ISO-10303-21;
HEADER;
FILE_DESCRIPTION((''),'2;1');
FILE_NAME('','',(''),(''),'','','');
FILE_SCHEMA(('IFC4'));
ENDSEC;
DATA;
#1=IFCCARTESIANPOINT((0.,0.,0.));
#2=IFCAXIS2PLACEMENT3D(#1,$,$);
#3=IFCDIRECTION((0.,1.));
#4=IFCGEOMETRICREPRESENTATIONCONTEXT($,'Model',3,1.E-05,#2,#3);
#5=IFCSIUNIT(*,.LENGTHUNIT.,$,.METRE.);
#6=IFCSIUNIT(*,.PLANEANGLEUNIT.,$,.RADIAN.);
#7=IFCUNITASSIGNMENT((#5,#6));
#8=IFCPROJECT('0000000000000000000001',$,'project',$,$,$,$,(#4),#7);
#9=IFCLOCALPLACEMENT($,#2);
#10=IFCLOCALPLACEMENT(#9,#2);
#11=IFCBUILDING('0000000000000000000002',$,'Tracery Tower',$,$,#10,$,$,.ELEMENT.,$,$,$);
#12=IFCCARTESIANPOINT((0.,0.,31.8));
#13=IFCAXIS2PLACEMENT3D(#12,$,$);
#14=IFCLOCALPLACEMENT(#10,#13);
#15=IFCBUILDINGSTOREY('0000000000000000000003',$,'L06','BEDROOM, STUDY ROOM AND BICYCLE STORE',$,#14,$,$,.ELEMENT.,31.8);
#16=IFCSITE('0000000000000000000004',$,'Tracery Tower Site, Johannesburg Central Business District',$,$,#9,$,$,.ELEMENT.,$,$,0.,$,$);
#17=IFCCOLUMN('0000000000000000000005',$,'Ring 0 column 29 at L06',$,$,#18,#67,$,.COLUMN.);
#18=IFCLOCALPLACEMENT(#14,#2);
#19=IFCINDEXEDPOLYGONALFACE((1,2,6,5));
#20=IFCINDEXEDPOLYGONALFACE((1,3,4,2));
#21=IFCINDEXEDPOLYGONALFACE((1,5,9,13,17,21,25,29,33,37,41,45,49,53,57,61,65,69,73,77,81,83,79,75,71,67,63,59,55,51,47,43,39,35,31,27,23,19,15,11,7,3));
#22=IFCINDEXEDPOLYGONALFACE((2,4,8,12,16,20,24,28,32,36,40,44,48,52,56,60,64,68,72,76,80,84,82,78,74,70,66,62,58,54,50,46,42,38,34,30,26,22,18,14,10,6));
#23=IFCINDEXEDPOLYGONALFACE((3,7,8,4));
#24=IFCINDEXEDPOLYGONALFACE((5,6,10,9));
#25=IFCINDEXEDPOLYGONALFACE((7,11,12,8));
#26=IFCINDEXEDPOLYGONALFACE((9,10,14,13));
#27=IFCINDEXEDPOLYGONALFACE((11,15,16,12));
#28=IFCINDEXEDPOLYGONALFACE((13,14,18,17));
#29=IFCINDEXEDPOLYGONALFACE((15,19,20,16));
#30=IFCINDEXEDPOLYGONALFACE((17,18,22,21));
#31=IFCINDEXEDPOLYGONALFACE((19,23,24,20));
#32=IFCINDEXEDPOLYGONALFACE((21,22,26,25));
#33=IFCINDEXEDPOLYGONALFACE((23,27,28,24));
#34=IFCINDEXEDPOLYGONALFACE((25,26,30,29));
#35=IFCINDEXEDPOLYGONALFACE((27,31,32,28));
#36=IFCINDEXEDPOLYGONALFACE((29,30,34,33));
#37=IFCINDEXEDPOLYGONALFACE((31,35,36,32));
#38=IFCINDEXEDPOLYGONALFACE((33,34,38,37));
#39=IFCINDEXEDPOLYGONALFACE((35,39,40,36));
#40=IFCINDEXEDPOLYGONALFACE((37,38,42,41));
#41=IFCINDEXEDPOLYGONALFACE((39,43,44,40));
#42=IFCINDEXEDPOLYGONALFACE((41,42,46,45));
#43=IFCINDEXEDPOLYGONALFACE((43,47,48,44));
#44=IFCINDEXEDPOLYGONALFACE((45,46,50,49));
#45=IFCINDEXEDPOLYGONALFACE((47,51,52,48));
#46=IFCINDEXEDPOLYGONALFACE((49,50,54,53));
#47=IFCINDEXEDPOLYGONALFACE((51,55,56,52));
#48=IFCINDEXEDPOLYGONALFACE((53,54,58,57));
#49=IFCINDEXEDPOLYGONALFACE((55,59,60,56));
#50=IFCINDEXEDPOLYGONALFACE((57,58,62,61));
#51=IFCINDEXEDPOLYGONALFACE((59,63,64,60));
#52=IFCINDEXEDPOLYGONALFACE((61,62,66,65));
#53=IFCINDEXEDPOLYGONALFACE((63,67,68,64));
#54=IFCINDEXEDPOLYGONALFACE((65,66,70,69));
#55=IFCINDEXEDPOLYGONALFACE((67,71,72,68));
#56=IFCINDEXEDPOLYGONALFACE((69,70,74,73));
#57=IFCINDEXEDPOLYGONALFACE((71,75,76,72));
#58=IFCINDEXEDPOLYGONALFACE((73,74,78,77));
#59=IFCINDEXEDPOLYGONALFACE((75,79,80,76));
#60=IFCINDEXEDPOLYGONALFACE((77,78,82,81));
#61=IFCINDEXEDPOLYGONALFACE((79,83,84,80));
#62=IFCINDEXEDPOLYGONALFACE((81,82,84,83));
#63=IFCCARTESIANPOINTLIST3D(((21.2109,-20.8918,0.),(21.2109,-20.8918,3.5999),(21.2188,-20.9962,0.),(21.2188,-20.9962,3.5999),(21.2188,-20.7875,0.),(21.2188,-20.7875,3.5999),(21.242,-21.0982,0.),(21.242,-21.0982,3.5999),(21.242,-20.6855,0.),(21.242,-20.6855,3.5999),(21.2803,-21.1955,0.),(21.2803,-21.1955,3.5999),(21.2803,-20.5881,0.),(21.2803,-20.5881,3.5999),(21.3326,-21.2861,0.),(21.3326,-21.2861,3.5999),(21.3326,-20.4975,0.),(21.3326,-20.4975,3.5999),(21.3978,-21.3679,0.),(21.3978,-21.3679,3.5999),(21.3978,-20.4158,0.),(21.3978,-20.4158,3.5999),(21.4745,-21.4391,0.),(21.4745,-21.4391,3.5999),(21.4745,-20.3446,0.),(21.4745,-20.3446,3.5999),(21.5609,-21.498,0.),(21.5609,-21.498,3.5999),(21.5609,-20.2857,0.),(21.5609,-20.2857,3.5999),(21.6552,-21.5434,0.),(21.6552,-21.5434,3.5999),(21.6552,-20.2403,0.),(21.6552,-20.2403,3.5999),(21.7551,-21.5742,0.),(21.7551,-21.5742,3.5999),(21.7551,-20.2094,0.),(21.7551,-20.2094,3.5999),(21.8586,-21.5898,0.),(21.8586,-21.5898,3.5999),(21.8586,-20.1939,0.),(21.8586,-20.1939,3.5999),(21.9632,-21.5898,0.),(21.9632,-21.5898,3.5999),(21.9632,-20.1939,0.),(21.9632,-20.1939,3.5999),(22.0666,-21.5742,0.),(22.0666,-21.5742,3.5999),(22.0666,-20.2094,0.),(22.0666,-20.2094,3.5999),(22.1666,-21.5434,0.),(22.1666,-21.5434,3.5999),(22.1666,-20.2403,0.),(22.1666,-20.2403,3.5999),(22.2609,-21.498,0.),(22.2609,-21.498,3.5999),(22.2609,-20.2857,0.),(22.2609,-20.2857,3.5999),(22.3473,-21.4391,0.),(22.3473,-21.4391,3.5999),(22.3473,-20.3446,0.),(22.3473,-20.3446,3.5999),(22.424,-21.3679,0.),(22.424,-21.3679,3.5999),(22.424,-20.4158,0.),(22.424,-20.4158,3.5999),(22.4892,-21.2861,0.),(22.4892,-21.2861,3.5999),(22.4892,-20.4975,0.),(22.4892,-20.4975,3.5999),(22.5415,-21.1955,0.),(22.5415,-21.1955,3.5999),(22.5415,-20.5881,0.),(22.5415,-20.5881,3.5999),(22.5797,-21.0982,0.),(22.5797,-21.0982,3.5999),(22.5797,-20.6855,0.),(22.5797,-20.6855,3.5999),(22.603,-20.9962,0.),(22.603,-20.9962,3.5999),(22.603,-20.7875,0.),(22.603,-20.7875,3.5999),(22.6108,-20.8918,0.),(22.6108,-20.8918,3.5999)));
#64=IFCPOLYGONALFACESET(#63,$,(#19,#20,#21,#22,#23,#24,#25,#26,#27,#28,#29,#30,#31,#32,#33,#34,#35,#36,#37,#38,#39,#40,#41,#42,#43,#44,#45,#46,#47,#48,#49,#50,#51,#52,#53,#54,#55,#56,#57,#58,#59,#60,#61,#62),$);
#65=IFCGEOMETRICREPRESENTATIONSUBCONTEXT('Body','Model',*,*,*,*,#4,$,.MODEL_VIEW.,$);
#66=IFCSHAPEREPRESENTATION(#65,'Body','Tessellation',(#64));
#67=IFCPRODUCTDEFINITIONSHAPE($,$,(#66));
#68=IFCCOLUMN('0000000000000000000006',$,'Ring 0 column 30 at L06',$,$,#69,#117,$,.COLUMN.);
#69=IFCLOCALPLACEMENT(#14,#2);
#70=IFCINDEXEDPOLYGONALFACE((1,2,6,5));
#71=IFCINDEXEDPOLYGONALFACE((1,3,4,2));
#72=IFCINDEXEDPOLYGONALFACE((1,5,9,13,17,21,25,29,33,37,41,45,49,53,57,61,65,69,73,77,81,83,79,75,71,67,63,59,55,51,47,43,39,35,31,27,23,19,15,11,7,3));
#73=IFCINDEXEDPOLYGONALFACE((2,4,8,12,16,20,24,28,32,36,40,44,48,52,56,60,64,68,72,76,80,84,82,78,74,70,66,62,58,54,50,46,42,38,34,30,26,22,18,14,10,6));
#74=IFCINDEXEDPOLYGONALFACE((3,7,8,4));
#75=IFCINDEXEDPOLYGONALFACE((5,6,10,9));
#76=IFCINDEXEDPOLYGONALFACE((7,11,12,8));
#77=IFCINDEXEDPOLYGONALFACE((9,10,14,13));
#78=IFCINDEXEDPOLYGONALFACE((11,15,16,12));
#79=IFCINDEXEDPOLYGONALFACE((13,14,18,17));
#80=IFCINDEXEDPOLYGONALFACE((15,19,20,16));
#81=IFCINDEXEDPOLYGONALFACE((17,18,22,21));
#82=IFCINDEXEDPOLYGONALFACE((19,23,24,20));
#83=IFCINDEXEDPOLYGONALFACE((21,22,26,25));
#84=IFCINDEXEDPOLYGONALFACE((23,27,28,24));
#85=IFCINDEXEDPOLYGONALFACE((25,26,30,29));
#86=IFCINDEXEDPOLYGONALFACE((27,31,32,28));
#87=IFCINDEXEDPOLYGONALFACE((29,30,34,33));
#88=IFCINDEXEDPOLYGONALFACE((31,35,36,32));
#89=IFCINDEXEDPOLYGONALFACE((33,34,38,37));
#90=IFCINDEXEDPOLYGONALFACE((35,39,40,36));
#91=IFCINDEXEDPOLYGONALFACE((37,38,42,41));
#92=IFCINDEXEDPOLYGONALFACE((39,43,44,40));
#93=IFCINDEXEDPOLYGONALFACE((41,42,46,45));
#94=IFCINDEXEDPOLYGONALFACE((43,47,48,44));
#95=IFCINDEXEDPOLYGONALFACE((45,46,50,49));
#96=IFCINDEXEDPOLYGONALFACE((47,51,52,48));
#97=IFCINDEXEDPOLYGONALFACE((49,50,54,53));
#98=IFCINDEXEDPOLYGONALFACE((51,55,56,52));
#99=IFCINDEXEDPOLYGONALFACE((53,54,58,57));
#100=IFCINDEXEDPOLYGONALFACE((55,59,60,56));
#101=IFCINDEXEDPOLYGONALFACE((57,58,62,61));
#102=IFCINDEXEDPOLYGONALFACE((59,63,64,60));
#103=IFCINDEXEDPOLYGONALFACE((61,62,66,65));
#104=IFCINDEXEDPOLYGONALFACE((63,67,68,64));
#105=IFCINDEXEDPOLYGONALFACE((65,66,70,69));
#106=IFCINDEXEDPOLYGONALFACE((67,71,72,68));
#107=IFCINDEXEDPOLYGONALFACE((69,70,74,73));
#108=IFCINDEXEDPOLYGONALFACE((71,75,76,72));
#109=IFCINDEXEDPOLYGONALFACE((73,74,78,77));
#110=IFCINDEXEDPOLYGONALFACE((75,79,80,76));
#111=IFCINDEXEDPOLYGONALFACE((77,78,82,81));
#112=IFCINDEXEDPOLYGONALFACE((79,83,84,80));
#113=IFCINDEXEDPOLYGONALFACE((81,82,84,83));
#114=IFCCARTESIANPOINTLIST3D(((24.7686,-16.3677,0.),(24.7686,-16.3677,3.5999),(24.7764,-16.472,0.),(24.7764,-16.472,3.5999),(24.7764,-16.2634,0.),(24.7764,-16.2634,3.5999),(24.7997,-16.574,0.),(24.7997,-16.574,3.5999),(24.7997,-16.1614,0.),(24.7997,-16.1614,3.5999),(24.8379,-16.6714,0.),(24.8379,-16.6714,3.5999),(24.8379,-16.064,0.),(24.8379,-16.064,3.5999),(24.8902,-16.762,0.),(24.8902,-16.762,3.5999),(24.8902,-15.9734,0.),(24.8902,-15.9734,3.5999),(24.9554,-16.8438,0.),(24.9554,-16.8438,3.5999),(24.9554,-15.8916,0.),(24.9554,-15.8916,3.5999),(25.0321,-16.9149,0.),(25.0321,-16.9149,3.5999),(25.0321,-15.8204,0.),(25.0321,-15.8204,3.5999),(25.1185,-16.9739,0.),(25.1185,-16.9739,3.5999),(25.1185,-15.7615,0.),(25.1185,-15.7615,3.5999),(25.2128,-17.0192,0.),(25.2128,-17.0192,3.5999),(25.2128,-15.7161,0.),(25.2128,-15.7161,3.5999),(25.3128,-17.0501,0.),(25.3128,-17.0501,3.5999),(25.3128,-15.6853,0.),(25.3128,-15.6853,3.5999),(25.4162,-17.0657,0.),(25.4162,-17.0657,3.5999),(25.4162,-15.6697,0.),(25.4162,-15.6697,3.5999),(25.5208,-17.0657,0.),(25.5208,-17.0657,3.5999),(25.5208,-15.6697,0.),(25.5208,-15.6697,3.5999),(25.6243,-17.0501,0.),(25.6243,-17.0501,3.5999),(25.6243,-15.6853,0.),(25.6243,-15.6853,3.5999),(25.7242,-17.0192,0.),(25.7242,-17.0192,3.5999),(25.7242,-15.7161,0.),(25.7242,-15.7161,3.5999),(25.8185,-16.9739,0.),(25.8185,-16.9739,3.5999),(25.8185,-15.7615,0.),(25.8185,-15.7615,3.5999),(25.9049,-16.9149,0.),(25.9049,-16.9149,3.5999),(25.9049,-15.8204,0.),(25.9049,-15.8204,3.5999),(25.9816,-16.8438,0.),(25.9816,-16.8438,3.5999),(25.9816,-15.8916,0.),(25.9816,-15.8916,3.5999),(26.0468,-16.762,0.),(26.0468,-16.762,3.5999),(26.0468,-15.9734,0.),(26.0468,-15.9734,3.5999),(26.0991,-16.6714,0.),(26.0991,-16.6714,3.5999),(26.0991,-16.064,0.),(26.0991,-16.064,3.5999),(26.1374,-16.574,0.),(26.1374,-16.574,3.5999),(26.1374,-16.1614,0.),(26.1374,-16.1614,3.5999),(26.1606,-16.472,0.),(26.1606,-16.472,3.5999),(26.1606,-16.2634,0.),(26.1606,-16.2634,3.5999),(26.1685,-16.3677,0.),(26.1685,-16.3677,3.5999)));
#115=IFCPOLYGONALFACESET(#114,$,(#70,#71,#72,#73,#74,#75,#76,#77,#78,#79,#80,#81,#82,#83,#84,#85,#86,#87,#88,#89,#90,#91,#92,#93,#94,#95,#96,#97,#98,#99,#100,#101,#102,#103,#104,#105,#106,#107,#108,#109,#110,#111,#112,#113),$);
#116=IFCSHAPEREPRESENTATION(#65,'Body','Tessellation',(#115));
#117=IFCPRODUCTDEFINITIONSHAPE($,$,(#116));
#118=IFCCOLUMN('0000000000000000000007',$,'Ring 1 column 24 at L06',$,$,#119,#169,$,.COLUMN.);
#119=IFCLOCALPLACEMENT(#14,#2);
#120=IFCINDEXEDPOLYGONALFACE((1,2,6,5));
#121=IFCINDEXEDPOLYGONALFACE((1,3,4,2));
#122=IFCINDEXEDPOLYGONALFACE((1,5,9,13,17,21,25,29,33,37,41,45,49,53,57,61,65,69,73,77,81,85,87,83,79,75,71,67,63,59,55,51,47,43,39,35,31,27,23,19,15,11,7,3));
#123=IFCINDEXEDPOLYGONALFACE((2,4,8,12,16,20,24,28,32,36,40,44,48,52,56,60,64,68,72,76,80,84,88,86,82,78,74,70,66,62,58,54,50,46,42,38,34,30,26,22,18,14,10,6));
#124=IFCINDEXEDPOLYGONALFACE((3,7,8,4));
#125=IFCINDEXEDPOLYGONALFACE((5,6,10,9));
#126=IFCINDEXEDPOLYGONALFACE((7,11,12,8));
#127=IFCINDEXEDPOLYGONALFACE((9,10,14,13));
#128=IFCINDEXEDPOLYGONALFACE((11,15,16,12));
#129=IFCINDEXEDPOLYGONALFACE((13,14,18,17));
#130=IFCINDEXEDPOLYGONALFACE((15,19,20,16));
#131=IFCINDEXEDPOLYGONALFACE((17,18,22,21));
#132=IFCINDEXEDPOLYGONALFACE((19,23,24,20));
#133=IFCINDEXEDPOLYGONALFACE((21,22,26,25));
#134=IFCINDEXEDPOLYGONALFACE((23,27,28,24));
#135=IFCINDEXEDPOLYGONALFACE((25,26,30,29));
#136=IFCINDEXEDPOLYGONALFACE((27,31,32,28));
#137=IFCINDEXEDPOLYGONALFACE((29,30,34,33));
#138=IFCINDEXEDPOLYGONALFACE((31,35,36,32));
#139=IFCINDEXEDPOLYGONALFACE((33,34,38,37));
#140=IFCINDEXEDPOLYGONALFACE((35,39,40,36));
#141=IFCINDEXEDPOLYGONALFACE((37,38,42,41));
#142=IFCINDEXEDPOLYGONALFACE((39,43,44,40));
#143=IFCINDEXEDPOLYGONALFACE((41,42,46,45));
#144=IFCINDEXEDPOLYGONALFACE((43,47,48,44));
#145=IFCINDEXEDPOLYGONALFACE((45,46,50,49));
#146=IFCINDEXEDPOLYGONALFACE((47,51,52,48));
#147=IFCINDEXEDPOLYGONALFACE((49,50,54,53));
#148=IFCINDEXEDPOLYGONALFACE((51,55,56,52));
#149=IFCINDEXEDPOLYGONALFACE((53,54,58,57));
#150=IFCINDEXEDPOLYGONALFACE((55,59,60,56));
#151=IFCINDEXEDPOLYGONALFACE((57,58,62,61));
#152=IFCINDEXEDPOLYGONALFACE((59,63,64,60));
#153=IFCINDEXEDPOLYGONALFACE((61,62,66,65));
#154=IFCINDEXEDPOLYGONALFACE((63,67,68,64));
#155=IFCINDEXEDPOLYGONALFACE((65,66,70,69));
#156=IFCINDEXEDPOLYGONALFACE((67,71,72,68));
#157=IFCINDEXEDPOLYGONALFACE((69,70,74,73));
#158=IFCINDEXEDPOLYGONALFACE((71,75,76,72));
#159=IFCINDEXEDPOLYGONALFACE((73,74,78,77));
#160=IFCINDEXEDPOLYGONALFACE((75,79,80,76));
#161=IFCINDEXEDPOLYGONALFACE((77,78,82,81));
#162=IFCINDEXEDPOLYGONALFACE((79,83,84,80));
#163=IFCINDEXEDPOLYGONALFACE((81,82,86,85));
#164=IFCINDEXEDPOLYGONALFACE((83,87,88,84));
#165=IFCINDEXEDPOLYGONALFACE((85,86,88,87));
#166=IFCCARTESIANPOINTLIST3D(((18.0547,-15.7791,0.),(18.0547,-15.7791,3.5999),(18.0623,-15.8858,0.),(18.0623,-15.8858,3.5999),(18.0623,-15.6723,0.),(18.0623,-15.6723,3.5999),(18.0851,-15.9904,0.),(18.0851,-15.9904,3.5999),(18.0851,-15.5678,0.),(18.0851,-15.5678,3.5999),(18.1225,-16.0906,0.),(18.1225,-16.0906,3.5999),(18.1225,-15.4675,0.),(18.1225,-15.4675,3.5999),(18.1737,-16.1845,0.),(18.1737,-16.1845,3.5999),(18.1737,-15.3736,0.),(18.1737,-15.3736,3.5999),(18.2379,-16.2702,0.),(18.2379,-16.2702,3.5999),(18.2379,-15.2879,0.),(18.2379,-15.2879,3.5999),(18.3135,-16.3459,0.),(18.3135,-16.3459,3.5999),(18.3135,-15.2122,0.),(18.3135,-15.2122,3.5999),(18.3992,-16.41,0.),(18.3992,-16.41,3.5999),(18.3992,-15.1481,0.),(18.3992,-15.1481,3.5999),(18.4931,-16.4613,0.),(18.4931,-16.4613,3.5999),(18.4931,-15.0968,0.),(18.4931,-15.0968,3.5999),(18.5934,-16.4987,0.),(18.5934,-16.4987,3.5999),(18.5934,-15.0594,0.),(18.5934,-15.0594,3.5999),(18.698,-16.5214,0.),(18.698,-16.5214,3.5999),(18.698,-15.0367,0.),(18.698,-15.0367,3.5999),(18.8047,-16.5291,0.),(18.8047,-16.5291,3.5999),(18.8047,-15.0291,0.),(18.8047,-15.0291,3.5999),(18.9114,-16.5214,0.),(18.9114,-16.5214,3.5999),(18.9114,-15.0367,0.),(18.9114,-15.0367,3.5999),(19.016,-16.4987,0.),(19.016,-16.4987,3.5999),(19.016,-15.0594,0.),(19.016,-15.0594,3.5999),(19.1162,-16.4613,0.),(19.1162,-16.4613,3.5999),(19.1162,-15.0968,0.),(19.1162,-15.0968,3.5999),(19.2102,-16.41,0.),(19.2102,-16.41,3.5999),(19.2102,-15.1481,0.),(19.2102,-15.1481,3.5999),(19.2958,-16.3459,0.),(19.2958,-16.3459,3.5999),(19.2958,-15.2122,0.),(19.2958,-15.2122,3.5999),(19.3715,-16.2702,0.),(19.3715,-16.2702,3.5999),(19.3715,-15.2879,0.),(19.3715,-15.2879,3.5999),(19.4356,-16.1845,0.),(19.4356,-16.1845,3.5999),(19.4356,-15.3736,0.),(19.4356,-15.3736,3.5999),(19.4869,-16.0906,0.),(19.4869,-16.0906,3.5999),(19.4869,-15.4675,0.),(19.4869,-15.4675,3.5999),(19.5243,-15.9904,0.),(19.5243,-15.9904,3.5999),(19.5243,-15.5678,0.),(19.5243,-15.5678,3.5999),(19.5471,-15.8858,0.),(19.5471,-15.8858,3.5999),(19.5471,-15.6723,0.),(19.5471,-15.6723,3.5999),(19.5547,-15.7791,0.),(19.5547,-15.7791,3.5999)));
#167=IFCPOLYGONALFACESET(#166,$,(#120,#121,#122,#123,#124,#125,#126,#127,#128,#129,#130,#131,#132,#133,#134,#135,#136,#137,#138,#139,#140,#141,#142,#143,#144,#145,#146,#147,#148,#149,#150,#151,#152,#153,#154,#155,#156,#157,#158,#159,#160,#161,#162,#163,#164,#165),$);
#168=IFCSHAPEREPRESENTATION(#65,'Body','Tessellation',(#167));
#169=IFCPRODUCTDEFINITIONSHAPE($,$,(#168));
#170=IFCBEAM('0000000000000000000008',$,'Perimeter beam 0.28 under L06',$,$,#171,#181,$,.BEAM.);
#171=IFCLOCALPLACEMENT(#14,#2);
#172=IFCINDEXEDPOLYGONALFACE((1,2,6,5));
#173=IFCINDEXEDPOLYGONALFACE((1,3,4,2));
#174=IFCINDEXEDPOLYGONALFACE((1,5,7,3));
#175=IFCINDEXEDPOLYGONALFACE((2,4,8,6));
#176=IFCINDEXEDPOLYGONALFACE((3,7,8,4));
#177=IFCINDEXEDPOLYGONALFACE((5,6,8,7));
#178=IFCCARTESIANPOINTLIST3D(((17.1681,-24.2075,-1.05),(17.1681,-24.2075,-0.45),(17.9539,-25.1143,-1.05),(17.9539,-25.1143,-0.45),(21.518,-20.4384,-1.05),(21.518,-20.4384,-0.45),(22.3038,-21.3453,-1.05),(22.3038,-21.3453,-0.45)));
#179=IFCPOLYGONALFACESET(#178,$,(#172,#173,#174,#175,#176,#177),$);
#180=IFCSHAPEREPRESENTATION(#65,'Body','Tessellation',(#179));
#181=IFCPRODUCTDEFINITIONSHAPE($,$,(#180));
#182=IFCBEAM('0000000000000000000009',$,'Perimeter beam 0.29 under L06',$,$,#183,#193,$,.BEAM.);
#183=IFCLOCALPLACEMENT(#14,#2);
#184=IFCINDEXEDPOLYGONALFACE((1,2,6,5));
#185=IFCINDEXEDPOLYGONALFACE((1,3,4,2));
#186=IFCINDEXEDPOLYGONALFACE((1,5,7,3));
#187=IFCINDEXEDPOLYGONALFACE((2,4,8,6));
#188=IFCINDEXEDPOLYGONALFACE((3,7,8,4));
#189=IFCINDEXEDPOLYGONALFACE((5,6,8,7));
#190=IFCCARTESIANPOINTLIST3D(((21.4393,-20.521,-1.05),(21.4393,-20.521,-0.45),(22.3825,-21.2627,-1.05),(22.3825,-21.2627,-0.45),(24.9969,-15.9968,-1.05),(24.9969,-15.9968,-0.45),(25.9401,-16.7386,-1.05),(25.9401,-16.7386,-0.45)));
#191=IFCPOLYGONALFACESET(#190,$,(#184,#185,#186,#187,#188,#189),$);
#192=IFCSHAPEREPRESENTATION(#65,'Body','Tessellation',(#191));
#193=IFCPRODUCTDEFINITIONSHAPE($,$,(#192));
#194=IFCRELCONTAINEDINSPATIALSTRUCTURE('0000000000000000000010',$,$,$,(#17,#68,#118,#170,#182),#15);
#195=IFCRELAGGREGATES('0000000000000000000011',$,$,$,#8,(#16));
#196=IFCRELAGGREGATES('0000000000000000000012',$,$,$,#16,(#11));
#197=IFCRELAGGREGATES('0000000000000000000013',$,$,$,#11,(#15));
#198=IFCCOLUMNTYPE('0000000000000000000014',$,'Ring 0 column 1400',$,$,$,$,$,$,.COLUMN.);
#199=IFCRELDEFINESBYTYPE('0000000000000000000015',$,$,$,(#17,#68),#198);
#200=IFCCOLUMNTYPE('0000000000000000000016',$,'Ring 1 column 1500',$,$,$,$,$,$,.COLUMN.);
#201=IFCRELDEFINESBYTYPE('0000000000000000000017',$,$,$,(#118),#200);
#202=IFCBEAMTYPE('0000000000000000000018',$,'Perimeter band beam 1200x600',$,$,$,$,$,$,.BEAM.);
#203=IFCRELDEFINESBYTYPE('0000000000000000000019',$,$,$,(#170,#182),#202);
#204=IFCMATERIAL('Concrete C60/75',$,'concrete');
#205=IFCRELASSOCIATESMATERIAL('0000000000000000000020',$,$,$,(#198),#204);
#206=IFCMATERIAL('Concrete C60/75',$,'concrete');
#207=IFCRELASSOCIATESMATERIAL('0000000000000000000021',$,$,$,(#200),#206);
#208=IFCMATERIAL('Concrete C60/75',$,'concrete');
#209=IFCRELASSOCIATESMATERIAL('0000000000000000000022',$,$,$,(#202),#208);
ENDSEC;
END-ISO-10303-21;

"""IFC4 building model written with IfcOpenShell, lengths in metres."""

from ifc_helpers import new_model, si_unit, direction, frame, origin, origin_2d, place, context, subcontext, project, spatial, rectangle, circle, extrude, material, material_profile, profile_set, type_object, element, save


model = new_model("IFC4")

# Units and contexts
model_context = context("Model", 3, precision=1e-05, world=origin(), true_north=direction((0.0, 1.0)))
body_context = subcontext(model_context, "Body", "Model", "MODEL_VIEW")
ifc_project = project(units=[si_unit("LENGTHUNIT", "METRE"), si_unit("PLANEANGLEUNIT", "RADIAN")], contexts=[model_context])

# Site, building, storey
site_placement = place(None, origin())
site = spatial("IfcSite", under=ifc_project, at=site_placement, Name="Tracery Tower Site, Johannesburg Central Business District", CompositionType="ELEMENT", RefElevation=0.0)
building_placement = place(site_placement, origin())
building = spatial("IfcBuilding", under=site, at=building_placement, Name="Tracery Tower", CompositionType="ELEMENT")
storey_placement = place(building_placement, frame((0.0, 0.0, 31.8)))
storey = spatial("IfcBuildingStorey", under=building, at=storey_placement, Name="L06", Description="BEDROOM, STUDY ROOM AND BICYCLE STORE", CompositionType="ELEMENT", Elevation=31.8)

# Columns
ifc_material_1 = material(Name="Concrete C60/75", Category="concrete")
ifc_material_profile_1 = material_profile(ifc_material_1, circle(Radius=0.7, at=origin_2d()), Name="RC D1400")
ifc_profile_set_1 = profile_set([ifc_material_profile_1], Name="Concrete C60/75")
column_type_1 = type_object("IfcColumnType", Name="Ring 0 column 1400", PredefinedType="COLUMN", material=ifc_profile_set_1)
for number, where, z_axis, x_axis, name in (
    (1, (21.9109, -20.8918, 0.0), (0.0, 0.0, 1.0), (1.0, 0.0, 0.0), "Ring 0 column 29 at L06"),
    (2, (25.4685, -16.3677, 0.0), (0.0, 0.0, 1.0), (1.0, 0.0, 0.0), "Ring 0 column 30 at L06"),
):
    element("IfcColumn", number, at=place(storey_placement, frame(where, z_axis=z_axis, x_axis=x_axis)), inside=storey, type_object=column_type_1, Name=name, PredefinedType="COLUMN", context=body_context, shape_type="SweptSolid", body=[
        extrude(circle(Radius=0.7, at=origin_2d()), origin(), (0.0, 0.0, 1.0), 3.5999),
    ])
ifc_material_2 = material(Name="Concrete C60/75", Category="concrete")
ifc_material_profile_2 = material_profile(ifc_material_2, circle(Radius=0.75, at=origin_2d()), Name="RC D1500")
ifc_profile_set_2 = profile_set([ifc_material_profile_2], Name="Concrete C60/75")
column_type_2 = type_object("IfcColumnType", Name="Ring 1 column 1500", PredefinedType="COLUMN", material=ifc_profile_set_2)
column_placement = place(storey_placement, frame((18.8047, -15.7791, 0.0), z_axis=(0.0, 0.0, 1.0), x_axis=(1.0, 0.0, 0.0)))
element("IfcColumn", 3, at=column_placement, inside=storey, type_object=column_type_2, Name="Ring 1 column 24 at L06", PredefinedType="COLUMN", context=body_context, shape_type="SweptSolid", body=[
    extrude(circle(Radius=0.75, at=origin_2d()), origin(), (0.0, 0.0, 1.0), 3.5999),
])

# Beams
ifc_material_3 = material(Name="Concrete C60/75", Category="concrete")
ifc_material_profile_3 = material_profile(ifc_material_3, rectangle(XDim=1.2, YDim=0.6001, at=origin_2d()), Name="RC 1200x600")
ifc_profile_set_3 = profile_set([ifc_material_profile_3], Name="Concrete C60/75")
beam_type = type_object("IfcBeamType", Name="Perimeter band beam 1200x600", PredefinedType="BEAM", material=ifc_profile_set_3)
beam_1_placement = place(storey_placement, frame((17.561, -24.6609, -0.75), z_axis=(0.75576, 0.654848, 0.0), x_axis=(-0.654848, 0.75576, 0.0)))
element("IfcBeam", 4, at=beam_1_placement, inside=storey, type_object=beam_type, Name="Perimeter beam 0.28 under L06", PredefinedType="BEAM", context=body_context, shape_type="SweptSolid", body=[
    extrude(rectangle(XDim=1.2, YDim=0.6001, at=origin_2d()), origin(), (0.0, 0.0, 1.0), 5.7556),
])
beam_2_placement = place(storey_placement, frame((21.9109, -20.8918, -0.75), z_axis=(0.618134, 0.786072, 0.0), x_axis=(-0.786072, 0.618134, 0.0)))
element("IfcBeam", 5, at=beam_2_placement, inside=storey, type_object=beam_type, Name="Perimeter beam 0.29 under L06", PredefinedType="BEAM", context=body_context, shape_type="SweptSolid", body=[
    extrude(rectangle(XDim=1.2, YDim=0.6001, at=origin_2d()), origin(), (0.0, 0.0, 1.0), 5.7554),
])

save(model, "model.ifc")
